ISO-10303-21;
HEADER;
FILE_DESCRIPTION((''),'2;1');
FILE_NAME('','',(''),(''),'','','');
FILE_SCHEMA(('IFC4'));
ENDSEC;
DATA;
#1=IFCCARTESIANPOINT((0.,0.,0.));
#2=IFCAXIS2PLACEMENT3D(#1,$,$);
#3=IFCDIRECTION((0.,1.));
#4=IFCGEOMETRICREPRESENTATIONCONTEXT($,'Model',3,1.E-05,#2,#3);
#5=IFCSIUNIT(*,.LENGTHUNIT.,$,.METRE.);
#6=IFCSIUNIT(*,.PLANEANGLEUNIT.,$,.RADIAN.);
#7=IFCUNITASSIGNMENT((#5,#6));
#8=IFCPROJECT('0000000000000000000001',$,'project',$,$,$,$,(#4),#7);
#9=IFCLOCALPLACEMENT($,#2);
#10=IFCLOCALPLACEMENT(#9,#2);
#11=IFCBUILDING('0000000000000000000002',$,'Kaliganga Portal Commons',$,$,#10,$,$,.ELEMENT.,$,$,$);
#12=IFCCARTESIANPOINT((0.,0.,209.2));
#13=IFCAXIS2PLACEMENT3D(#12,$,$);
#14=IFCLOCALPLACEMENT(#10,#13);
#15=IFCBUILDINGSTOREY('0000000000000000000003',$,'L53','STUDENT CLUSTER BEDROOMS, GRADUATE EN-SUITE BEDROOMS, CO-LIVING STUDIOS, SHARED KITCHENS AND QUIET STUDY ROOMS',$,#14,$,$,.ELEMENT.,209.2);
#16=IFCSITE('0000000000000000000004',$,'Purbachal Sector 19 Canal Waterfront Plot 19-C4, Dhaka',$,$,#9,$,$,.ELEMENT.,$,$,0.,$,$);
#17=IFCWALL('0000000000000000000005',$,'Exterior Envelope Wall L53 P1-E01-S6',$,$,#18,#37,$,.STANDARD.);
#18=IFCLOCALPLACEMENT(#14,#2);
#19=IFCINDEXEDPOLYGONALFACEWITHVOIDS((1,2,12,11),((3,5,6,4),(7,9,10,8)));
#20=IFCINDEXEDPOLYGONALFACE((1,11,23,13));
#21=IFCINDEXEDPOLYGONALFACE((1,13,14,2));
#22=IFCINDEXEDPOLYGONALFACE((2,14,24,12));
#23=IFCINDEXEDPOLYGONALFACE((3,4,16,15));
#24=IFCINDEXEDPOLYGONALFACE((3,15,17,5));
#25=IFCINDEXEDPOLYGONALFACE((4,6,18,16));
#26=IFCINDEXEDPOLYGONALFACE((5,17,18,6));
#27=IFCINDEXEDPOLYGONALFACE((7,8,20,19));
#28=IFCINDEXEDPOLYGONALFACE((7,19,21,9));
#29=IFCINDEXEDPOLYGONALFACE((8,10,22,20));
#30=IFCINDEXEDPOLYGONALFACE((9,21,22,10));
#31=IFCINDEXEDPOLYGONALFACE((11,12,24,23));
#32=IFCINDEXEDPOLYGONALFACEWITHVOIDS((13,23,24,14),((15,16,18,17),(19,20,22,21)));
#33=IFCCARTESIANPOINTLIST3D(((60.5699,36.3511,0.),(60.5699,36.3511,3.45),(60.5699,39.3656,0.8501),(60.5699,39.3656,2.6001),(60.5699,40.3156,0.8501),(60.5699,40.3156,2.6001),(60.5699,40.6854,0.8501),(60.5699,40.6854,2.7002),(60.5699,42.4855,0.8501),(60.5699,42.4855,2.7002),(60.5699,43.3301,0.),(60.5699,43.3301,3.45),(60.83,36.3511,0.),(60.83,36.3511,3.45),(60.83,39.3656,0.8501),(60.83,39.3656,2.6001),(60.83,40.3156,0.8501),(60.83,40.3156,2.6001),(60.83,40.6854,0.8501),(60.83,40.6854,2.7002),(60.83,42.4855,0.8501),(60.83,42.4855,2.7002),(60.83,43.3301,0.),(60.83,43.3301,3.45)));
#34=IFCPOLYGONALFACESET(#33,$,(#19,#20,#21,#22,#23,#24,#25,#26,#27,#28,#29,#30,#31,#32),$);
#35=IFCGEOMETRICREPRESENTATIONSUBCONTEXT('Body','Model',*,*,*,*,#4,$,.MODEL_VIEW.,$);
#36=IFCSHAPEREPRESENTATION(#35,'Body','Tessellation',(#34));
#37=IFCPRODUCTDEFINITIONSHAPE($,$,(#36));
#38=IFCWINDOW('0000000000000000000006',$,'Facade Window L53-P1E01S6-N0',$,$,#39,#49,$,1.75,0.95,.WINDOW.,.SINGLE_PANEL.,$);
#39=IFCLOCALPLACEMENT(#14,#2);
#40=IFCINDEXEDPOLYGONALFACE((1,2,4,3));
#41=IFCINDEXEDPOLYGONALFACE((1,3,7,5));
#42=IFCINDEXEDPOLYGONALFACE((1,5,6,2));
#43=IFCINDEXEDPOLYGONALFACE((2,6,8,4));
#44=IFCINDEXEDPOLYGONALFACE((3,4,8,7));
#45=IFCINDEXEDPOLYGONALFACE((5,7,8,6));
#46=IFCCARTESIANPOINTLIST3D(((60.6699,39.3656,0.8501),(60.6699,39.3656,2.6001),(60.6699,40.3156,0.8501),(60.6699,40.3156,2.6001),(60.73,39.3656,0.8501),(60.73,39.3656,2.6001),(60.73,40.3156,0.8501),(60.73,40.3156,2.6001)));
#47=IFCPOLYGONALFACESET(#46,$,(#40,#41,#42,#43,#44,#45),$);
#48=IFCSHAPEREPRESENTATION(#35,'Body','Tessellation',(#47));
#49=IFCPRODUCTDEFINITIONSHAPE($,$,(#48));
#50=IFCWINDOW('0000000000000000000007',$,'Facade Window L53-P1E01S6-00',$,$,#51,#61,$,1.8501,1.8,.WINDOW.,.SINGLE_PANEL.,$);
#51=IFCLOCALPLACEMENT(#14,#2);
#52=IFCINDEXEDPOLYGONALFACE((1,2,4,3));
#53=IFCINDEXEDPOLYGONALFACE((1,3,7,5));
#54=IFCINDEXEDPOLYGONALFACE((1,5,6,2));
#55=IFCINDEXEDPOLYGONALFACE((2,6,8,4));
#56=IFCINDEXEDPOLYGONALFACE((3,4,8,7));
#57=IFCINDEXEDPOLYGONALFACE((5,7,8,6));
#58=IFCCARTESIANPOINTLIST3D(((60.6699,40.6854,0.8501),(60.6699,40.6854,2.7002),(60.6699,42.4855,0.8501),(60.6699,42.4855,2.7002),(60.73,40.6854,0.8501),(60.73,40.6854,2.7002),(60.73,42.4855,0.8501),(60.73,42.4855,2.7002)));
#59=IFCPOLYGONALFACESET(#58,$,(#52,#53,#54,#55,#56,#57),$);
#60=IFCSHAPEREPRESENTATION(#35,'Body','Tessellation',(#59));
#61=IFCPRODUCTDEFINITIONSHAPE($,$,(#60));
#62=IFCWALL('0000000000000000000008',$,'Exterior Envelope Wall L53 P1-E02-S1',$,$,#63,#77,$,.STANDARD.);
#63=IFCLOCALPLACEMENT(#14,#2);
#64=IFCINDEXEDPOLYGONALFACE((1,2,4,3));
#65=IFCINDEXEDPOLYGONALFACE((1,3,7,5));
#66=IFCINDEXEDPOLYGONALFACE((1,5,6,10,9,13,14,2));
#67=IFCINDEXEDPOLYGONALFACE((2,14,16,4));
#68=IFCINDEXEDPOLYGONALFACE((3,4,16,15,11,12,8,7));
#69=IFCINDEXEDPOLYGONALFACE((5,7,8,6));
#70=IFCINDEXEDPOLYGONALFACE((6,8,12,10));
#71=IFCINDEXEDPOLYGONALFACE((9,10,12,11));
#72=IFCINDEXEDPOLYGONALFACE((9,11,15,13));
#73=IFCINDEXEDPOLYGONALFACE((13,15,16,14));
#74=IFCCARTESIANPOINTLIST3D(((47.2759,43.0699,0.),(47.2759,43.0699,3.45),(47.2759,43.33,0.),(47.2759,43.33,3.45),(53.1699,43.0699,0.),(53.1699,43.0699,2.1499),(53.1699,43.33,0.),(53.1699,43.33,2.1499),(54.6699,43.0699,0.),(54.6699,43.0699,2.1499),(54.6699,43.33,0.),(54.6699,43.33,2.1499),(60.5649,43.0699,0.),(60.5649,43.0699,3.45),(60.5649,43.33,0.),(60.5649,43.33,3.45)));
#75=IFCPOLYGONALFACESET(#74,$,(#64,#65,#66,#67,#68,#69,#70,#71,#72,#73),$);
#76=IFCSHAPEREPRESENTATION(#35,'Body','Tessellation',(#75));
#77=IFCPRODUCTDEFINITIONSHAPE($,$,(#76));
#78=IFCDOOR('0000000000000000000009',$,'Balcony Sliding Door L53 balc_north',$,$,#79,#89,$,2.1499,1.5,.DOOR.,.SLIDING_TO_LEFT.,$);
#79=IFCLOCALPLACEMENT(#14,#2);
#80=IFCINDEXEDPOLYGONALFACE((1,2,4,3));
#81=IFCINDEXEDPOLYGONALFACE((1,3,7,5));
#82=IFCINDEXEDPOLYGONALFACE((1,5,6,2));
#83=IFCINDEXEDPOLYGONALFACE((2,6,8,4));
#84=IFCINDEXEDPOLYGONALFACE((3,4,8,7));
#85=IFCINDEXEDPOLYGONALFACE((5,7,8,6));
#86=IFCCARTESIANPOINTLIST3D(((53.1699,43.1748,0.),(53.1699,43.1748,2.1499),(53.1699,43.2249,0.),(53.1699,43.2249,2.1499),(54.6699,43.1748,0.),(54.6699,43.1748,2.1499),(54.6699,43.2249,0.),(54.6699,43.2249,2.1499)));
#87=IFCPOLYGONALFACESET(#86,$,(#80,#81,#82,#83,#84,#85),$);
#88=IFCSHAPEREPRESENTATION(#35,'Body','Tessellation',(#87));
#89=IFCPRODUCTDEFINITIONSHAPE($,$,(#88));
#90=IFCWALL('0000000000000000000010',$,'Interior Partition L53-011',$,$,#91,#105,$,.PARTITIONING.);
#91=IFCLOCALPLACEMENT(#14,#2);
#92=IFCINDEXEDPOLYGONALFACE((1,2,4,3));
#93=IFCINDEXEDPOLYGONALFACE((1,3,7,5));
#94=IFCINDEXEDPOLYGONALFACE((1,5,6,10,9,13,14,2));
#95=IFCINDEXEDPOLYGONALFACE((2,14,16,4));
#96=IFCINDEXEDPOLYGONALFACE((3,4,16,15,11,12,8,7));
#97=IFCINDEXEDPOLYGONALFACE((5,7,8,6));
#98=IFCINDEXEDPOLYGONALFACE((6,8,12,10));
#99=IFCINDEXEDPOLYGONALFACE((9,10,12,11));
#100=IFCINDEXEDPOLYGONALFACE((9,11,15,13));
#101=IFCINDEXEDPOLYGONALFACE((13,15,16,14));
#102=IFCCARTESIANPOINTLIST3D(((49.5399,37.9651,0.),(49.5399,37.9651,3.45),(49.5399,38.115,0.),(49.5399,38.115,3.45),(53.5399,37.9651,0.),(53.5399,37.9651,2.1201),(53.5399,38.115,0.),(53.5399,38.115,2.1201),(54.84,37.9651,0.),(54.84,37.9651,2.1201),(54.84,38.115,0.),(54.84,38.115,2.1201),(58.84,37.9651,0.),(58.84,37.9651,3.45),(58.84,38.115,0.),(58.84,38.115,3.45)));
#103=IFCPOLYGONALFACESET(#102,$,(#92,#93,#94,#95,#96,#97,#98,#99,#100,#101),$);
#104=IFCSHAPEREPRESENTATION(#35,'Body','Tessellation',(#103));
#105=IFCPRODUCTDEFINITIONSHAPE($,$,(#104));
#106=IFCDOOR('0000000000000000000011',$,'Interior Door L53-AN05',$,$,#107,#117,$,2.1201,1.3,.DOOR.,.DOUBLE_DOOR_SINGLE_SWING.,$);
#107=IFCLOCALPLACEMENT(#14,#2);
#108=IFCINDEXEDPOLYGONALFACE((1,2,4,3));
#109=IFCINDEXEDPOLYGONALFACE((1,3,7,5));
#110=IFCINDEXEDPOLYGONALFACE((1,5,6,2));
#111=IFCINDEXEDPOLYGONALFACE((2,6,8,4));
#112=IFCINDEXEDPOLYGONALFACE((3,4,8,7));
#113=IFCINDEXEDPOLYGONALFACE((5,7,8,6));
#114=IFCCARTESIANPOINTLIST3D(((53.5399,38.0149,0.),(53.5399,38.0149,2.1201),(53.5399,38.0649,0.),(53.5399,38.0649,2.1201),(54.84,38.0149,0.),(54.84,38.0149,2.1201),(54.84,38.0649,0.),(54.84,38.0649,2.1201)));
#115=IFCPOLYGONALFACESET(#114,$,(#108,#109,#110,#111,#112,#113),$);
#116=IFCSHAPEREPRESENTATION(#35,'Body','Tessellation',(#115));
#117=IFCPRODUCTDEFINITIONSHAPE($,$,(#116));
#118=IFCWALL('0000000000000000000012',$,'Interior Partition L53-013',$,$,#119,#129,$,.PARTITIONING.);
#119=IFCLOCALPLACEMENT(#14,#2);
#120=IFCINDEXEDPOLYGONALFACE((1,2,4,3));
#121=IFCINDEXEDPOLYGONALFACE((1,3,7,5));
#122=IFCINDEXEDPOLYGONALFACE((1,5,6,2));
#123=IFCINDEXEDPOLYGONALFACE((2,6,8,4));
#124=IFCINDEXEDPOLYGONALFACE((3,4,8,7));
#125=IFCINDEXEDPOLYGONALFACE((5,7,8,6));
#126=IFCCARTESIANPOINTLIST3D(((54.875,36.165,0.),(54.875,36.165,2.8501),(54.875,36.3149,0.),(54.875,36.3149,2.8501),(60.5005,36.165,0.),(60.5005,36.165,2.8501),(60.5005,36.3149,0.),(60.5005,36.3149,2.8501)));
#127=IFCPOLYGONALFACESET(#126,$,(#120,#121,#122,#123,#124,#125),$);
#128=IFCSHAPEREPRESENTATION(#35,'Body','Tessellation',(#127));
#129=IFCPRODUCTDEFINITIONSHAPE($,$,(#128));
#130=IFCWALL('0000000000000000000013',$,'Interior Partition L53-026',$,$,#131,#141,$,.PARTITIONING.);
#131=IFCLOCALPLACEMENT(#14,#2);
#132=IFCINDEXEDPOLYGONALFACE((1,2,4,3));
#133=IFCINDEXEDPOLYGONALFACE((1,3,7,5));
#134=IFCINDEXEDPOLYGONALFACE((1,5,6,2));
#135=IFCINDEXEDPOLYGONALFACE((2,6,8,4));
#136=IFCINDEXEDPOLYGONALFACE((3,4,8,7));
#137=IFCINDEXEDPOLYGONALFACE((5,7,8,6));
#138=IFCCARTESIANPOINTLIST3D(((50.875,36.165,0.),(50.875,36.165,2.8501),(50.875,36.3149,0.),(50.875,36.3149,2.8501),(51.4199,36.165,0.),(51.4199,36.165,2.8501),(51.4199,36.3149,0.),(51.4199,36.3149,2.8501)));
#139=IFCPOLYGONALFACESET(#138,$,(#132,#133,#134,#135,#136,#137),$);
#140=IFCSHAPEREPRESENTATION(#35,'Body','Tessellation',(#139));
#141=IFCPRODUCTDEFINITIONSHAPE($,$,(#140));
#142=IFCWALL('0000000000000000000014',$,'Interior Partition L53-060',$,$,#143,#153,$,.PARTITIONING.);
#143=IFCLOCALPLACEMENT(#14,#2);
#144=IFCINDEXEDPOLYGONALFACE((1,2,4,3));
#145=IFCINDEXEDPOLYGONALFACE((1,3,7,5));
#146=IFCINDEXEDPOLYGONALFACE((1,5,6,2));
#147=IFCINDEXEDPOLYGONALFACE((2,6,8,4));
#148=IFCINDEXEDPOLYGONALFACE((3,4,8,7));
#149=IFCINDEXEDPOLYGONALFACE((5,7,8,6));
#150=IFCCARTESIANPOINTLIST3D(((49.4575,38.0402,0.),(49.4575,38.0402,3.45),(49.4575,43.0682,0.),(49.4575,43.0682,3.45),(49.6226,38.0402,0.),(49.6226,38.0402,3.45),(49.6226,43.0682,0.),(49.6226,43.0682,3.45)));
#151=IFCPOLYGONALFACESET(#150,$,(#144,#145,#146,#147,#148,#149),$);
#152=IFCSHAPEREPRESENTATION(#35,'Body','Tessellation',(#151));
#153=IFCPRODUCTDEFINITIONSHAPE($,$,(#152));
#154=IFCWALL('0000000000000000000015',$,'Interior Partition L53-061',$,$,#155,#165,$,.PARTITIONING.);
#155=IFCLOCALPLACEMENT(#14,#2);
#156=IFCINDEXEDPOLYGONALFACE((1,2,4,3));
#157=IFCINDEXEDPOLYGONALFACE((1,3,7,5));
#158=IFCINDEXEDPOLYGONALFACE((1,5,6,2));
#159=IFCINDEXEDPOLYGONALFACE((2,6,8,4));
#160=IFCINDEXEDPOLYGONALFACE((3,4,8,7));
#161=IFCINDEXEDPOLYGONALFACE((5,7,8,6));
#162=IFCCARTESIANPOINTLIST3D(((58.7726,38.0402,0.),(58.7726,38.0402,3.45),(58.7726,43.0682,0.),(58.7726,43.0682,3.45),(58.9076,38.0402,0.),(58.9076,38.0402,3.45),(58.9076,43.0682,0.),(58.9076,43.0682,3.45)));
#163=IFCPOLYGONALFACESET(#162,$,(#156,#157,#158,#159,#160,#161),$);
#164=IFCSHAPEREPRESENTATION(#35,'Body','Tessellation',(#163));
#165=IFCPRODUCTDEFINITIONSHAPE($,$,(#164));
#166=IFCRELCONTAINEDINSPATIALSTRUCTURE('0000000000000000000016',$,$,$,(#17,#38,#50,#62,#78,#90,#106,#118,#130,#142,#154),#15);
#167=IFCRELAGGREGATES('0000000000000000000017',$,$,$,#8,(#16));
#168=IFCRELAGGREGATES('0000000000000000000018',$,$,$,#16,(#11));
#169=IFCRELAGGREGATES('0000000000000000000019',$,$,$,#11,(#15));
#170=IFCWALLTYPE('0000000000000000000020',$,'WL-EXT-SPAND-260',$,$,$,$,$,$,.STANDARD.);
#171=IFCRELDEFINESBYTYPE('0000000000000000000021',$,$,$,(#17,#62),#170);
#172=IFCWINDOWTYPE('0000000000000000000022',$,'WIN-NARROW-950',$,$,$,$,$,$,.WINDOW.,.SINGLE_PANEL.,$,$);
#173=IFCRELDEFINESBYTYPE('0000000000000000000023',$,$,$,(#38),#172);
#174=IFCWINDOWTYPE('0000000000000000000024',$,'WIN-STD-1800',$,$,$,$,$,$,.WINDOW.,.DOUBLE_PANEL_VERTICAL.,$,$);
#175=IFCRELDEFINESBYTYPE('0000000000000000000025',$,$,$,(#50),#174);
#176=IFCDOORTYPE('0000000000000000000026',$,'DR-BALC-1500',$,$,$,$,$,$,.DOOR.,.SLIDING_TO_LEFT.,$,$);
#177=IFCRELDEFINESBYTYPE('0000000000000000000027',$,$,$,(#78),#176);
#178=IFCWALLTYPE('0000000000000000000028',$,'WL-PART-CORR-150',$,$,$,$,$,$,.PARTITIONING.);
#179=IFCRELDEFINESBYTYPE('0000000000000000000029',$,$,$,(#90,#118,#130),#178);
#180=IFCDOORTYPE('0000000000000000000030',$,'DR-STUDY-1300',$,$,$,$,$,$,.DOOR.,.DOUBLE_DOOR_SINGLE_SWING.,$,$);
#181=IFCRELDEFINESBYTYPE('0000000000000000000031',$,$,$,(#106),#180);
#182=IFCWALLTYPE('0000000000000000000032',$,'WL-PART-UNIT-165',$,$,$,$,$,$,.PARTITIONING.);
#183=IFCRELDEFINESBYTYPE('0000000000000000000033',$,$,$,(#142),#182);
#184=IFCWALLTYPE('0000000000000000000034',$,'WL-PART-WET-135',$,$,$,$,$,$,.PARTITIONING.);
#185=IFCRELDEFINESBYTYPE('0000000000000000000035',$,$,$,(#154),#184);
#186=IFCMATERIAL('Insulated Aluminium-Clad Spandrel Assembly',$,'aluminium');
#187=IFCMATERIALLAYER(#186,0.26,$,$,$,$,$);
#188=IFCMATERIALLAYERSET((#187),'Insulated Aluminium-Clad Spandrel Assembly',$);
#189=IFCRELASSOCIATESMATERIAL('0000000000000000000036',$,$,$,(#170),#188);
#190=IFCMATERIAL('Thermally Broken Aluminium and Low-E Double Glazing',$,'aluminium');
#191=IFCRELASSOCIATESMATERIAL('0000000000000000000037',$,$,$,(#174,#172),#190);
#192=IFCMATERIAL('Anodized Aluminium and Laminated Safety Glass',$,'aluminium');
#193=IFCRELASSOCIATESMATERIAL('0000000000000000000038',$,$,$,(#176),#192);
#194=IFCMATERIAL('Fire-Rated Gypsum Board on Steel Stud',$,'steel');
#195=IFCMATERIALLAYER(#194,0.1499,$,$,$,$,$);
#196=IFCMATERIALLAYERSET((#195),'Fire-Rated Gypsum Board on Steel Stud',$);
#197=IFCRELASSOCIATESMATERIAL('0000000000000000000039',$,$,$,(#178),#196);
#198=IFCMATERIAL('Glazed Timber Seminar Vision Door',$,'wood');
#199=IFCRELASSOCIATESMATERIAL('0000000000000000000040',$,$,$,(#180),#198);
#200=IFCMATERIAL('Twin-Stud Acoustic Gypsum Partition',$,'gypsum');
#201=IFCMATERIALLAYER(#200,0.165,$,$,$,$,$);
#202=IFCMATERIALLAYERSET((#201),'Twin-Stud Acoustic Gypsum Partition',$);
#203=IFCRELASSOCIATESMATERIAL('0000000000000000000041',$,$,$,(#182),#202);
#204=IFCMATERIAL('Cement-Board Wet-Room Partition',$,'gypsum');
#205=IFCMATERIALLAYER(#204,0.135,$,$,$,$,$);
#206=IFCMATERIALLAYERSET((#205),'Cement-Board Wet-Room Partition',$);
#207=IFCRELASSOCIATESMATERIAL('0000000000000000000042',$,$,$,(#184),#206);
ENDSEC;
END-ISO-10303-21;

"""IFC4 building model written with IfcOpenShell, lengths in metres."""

from ifc_helpers import new_model, si_unit, direction, frame, frame_2d, origin, place, context, subcontext, project, spatial, rectangle, extrude, material, layer, layer_set, type_object, element, fill, save


model = new_model("IFC4")

# Units and contexts
model_context = context("Model", 3, precision=1e-05, world=origin(), true_north=direction((0.0, 1.0)))
body_context = subcontext(model_context, "Body", "Model", "MODEL_VIEW")
ifc_project = project(units=[si_unit("LENGTHUNIT", "METRE"), si_unit("PLANEANGLEUNIT", "RADIAN")], contexts=[model_context])

# Site, building, storey
site_placement = place(None, origin())
site = spatial("IfcSite", under=ifc_project, at=site_placement, Name="Purbachal Sector 19 Canal Waterfront Plot 19-C4, Dhaka", CompositionType="ELEMENT", RefElevation=0.0)
building_placement = place(site_placement, origin())
building = spatial("IfcBuilding", under=site, at=building_placement, Name="Kaliganga Portal Commons", CompositionType="ELEMENT")
storey_placement = place(building_placement, frame((0.0, 0.0, 209.2)))
storey = spatial("IfcBuildingStorey", under=building, at=storey_placement, Name="L53", Description="STUDENT CLUSTER BEDROOMS, GRADUATE EN-SUITE BEDROOMS, CO-LIVING STUDIOS, SHARED KITCHENS AND QUIET STUDY ROOMS", CompositionType="ELEMENT", Elevation=209.2)

# Wall, openings, windows
ifc_material_1 = material(Name="Insulated Aluminium-Clad Spandrel Assembly", Category="aluminium")
ifc_layer_1 = layer(ifc_material_1, 0.26)
ifc_layer_set_1 = layer_set([ifc_layer_1], Name="Insulated Aluminium-Clad Spandrel Assembly")
wall_type_1 = type_object("IfcWallType", Name="WL-EXT-SPAND-260", PredefinedType="STANDARD", material=ifc_layer_set_1)
ifc_material_2 = material(Name="Thermally Broken Aluminium and Low-E Double Glazing", Category="aluminium")
window_type_1 = type_object("IfcWindowType", Name="WIN-STD-1800", PartitioningType="DOUBLE_PANEL_VERTICAL", PredefinedType="WINDOW", material=ifc_material_2)
wall_1_placement = place(storey_placement, frame((60.7, 43.3301, 0.0), z_axis=(0.0, 0.0, 1.0), x_axis=(0.0, -1.0, 0.0)))
wall_1 = element("IfcWall", 1, at=wall_1_placement, inside=storey, type_object=wall_type_1, Name="Exterior Envelope Wall L53 P1-E01-S6", PredefinedType="STANDARD", context=body_context, shape_type="SweptSolid", body=[
    extrude(rectangle(XDim=6.979, YDim=0.26, at=frame_2d((3.4895, 0.0))), origin(), (0.0, 0.0, 1.0), 3.45),
])
opening_1_placement = place(wall_1_placement, frame((0.8447, 0.0, 0.8501)))
opening_1 = element("IfcOpeningElement", 2, at=opening_1_placement, cuts=wall_1, PredefinedType="OPENING", context=body_context, shape_type="SweptSolid", body=[
    extrude(rectangle(XDim=1.8, YDim=1.8501, at=frame_2d((0.8999, 0.925))), frame((0.0, 0.1401, 0.0), z_axis=(0.0, -1.0, 0.0), x_axis=(1.0, 0.0, 0.0)), (0.0, 0.0, 1.0), 0.28),
])
opening_2_placement = place(wall_1_placement, frame((3.0144, 0.0, 0.8501)))
opening_2 = element("IfcOpeningElement", 3, at=opening_2_placement, cuts=wall_1, PredefinedType="OPENING", context=body_context, shape_type="SweptSolid", body=[
    extrude(rectangle(XDim=0.95, YDim=1.75, at=frame_2d((0.4751, 0.875))), frame((0.0, 0.1401, 0.0), z_axis=(0.0, -1.0, 0.0), x_axis=(1.0, 0.0, 0.0)), (0.0, 0.0, 1.0), 0.28),
])
window_type_2 = type_object("IfcWindowType", Name="WIN-NARROW-950", PartitioningType="SINGLE_PANEL", PredefinedType="WINDOW", material=ifc_material_2)
window_1_placement = place(opening_2_placement, origin())
window_1 = element("IfcWindow", 4, at=window_1_placement, inside=storey, type_object=window_type_2, Name="Facade Window L53-P1E01S6-N0", OverallHeight=1.75, OverallWidth=0.95, PartitioningType="SINGLE_PANEL", PredefinedType="WINDOW", context=body_context, shape_type="SweptSolid", body=[
    extrude(rectangle(XDim=0.95, YDim=1.75, at=frame_2d((0.4751, 0.875))), frame((0.0, 0.03, 0.0), z_axis=(0.0, -1.0, 0.0), x_axis=(1.0, 0.0, 0.0)), (0.0, 0.0, 1.0), 0.0601),
])
fill(opening_2, window_1)
window_2_placement = place(opening_1_placement, origin())
window_2 = element("IfcWindow", 5, at=window_2_placement, inside=storey, type_object=window_type_1, Name="Facade Window L53-P1E01S6-00", OverallHeight=1.8501, OverallWidth=1.8, PartitioningType="SINGLE_PANEL", PredefinedType="WINDOW", context=body_context, shape_type="SweptSolid", body=[
    extrude(rectangle(XDim=1.8, YDim=1.8501, at=frame_2d((0.8999, 0.925))), frame((0.0, 0.03, 0.0), z_axis=(0.0, -1.0, 0.0), x_axis=(1.0, 0.0, 0.0)), (0.0, 0.0, 1.0), 0.0601),
])
fill(opening_1, window_2)

# Walls, openings, doors
wall_2_placement = place(storey_placement, frame((47.2759, 43.2, 0.0), z_axis=(0.0, 0.0, 1.0), x_axis=(1.0, 0.0, 0.0)))
wall_2 = element("IfcWall", 6, at=wall_2_placement, inside=storey, type_object=wall_type_1, Name="Exterior Envelope Wall L53 P1-E02-S1", PredefinedType="STANDARD", context=body_context, shape_type="SweptSolid", body=[
    extrude(rectangle(XDim=13.2891, YDim=0.26, at=frame_2d((6.6445, 0.0))), origin(), (0.0, 0.0, 1.0), 3.45),
])
opening_3_placement = place(wall_2_placement, frame((5.894, 0.0, 0.0)))
opening_3 = element("IfcOpeningElement", 7, at=opening_3_placement, cuts=wall_2, PredefinedType="OPENING", context=body_context, shape_type="SweptSolid", body=[
    extrude(rectangle(XDim=1.5, YDim=2.1499, at=frame_2d((0.75, 1.075))), frame((0.0, 0.1401, 0.0), z_axis=(0.0, -1.0, 0.0), x_axis=(1.0, 0.0, 0.0)), (0.0, 0.0, 1.0), 0.28),
])
ifc_material_3 = material(Name="Anodized Aluminium and Laminated Safety Glass", Category="aluminium")
door_type_1 = type_object("IfcDoorType", Name="DR-BALC-1500", OperationType="SLIDING_TO_LEFT", PredefinedType="DOOR", material=ifc_material_3)
door_1_placement = place(opening_3_placement, origin())
door_1 = element("IfcDoor", 8, at=door_1_placement, inside=storey, type_object=door_type_1, Name="Balcony Sliding Door L53 balc_north", OperationType="SLIDING_TO_LEFT", OverallHeight=2.1499, OverallWidth=1.5, PredefinedType="DOOR", context=body_context, shape_type="SweptSolid", body=[
    extrude(rectangle(XDim=1.5, YDim=2.1499, at=frame_2d((0.75, 1.075))), frame((0.0, 0.0249, 0.0), z_axis=(0.0, -1.0, 0.0), x_axis=(1.0, 0.0, 0.0)), (0.0, 0.0, 1.0), 0.05),
])
fill(opening_3, door_1)
ifc_material_4 = material(Name="Fire-Rated Gypsum Board on Steel Stud", Category="steel")
ifc_layer_2 = layer(ifc_material_4, 0.1499)
ifc_layer_set_2 = layer_set([ifc_layer_2], Name="Fire-Rated Gypsum Board on Steel Stud")
wall_type_2 = type_object("IfcWallType", Name="WL-PART-CORR-150", PredefinedType="PARTITIONING", material=ifc_layer_set_2)
wall_3_placement = place(storey_placement, frame((49.54, 38.04, 0.0), z_axis=(0.0, 0.0, 1.0), x_axis=(1.0, 0.0, 0.0)))
wall_3 = element("IfcWall", 9, at=wall_3_placement, inside=storey, type_object=wall_type_2, Name="Interior Partition L53-011", PredefinedType="PARTITIONING", context=body_context, shape_type="SweptSolid", body=[
    extrude(rectangle(XDim=9.3, YDim=0.1499, at=frame_2d((4.6499, 0.0))), origin(), (0.0, 0.0, 1.0), 3.45),
])
opening_4_placement = place(wall_3_placement, frame((4.0, 0.0, 0.0)))
opening_4 = element("IfcOpeningElement", 10, at=opening_4_placement, cuts=wall_3, PredefinedType="OPENING", context=body_context, shape_type="SweptSolid", body=[
    extrude(rectangle(XDim=1.3, YDim=2.1201, at=frame_2d((0.6499, 1.0601))), frame((0.0, 0.085, 0.0), z_axis=(0.0, -1.0, 0.0), x_axis=(1.0, 0.0, 0.0)), (0.0, 0.0, 1.0), 0.1699),
])
ifc_material_5 = material(Name="Glazed Timber Seminar Vision Door", Category="wood")
door_type_2 = type_object("IfcDoorType", Name="DR-STUDY-1300", OperationType="DOUBLE_DOOR_SINGLE_SWING", PredefinedType="DOOR", material=ifc_material_5)
door_2_placement = place(opening_4_placement, origin())
door_2 = element("IfcDoor", 11, at=door_2_placement, inside=storey, type_object=door_type_2, Name="Interior Door L53-AN05", OperationType="DOUBLE_DOOR_SINGLE_SWING", OverallHeight=2.1201, OverallWidth=1.3, PredefinedType="DOOR", context=body_context, shape_type="SweptSolid", body=[
    extrude(rectangle(XDim=1.3, YDim=2.1201, at=frame_2d((0.6499, 1.0601))), frame((0.0, 0.0249, 0.0), z_axis=(0.0, -1.0, 0.0), x_axis=(1.0, 0.0, 0.0)), (0.0, 0.0, 1.0), 0.05),
])
fill(opening_4, door_2)

# Wall
wall_4_placement = place(storey_placement, frame((54.875, 36.24, 0.0), z_axis=(0.0, 0.0, 1.0), x_axis=(1.0, 0.0, 0.0)))
element("IfcWall", 12, at=wall_4_placement, inside=storey, type_object=wall_type_2, Name="Interior Partition L53-013", PredefinedType="PARTITIONING", context=body_context, shape_type="SweptSolid", body=[
    extrude(rectangle(XDim=5.6255, YDim=0.1499, at=frame_2d((2.8127, 0.0))), origin(), (0.0, 0.0, 1.0), 2.8501),
])

# Wall
wall_5_placement = place(storey_placement, frame((50.875, 36.24, 0.0), z_axis=(0.0, 0.0, 1.0), x_axis=(1.0, 0.0, 0.0)))
element("IfcWall", 13, at=wall_5_placement, inside=storey, type_object=wall_type_2, Name="Interior Partition L53-026", PredefinedType="PARTITIONING", context=body_context, shape_type="SweptSolid", body=[
    extrude(rectangle(XDim=0.5449, YDim=0.1499, at=frame_2d((0.2725, 0.0))), origin(), (0.0, 0.0, 1.0), 2.8501),
])

# Walls
ifc_material_6 = material(Name="Twin-Stud Acoustic Gypsum Partition", Category="gypsum")
ifc_layer_3 = layer(ifc_material_6, 0.165)
ifc_layer_set_3 = layer_set([ifc_layer_3], Name="Twin-Stud Acoustic Gypsum Partition")
wall_type_3 = type_object("IfcWallType", Name="WL-PART-UNIT-165", PredefinedType="PARTITIONING", material=ifc_layer_set_3)
wall_6_placement = place(storey_placement, frame((49.54, 38.04, 0.0), z_axis=(0.0, 0.0, 1.0), x_axis=(0.0, 1.0, 0.0)))
element("IfcWall", 14, at=wall_6_placement, inside=storey, type_object=wall_type_3, Name="Interior Partition L53-060", PredefinedType="PARTITIONING", context=body_context, shape_type="SweptSolid", body=[
    extrude(rectangle(XDim=5.0281, YDim=0.165, at=frame_2d((2.5142, 0.0))), origin(), (0.0, 0.0, 1.0), 3.45),
])
ifc_material_7 = material(Name="Cement-Board Wet-Room Partition", Category="gypsum")
ifc_layer_4 = layer(ifc_material_7, 0.135)
ifc_layer_set_4 = layer_set([ifc_layer_4], Name="Cement-Board Wet-Room Partition")
wall_type_4 = type_object("IfcWallType", Name="WL-PART-WET-135", PredefinedType="PARTITIONING", material=ifc_layer_set_4)
wall_7_placement = place(storey_placement, frame((58.8401, 38.04, 0.0), z_axis=(0.0, 0.0, 1.0), x_axis=(0.0, 1.0, 0.0)))
element("IfcWall", 15, at=wall_7_placement, inside=storey, type_object=wall_type_4, Name="Interior Partition L53-061", PredefinedType="PARTITIONING", context=body_context, shape_type="SweptSolid", body=[
    extrude(rectangle(XDim=5.0281, YDim=0.135, at=frame_2d((2.5142, 0.0))), origin(), (0.0, 0.0, 1.0), 3.45),
])

save(model, "model.ifc")
